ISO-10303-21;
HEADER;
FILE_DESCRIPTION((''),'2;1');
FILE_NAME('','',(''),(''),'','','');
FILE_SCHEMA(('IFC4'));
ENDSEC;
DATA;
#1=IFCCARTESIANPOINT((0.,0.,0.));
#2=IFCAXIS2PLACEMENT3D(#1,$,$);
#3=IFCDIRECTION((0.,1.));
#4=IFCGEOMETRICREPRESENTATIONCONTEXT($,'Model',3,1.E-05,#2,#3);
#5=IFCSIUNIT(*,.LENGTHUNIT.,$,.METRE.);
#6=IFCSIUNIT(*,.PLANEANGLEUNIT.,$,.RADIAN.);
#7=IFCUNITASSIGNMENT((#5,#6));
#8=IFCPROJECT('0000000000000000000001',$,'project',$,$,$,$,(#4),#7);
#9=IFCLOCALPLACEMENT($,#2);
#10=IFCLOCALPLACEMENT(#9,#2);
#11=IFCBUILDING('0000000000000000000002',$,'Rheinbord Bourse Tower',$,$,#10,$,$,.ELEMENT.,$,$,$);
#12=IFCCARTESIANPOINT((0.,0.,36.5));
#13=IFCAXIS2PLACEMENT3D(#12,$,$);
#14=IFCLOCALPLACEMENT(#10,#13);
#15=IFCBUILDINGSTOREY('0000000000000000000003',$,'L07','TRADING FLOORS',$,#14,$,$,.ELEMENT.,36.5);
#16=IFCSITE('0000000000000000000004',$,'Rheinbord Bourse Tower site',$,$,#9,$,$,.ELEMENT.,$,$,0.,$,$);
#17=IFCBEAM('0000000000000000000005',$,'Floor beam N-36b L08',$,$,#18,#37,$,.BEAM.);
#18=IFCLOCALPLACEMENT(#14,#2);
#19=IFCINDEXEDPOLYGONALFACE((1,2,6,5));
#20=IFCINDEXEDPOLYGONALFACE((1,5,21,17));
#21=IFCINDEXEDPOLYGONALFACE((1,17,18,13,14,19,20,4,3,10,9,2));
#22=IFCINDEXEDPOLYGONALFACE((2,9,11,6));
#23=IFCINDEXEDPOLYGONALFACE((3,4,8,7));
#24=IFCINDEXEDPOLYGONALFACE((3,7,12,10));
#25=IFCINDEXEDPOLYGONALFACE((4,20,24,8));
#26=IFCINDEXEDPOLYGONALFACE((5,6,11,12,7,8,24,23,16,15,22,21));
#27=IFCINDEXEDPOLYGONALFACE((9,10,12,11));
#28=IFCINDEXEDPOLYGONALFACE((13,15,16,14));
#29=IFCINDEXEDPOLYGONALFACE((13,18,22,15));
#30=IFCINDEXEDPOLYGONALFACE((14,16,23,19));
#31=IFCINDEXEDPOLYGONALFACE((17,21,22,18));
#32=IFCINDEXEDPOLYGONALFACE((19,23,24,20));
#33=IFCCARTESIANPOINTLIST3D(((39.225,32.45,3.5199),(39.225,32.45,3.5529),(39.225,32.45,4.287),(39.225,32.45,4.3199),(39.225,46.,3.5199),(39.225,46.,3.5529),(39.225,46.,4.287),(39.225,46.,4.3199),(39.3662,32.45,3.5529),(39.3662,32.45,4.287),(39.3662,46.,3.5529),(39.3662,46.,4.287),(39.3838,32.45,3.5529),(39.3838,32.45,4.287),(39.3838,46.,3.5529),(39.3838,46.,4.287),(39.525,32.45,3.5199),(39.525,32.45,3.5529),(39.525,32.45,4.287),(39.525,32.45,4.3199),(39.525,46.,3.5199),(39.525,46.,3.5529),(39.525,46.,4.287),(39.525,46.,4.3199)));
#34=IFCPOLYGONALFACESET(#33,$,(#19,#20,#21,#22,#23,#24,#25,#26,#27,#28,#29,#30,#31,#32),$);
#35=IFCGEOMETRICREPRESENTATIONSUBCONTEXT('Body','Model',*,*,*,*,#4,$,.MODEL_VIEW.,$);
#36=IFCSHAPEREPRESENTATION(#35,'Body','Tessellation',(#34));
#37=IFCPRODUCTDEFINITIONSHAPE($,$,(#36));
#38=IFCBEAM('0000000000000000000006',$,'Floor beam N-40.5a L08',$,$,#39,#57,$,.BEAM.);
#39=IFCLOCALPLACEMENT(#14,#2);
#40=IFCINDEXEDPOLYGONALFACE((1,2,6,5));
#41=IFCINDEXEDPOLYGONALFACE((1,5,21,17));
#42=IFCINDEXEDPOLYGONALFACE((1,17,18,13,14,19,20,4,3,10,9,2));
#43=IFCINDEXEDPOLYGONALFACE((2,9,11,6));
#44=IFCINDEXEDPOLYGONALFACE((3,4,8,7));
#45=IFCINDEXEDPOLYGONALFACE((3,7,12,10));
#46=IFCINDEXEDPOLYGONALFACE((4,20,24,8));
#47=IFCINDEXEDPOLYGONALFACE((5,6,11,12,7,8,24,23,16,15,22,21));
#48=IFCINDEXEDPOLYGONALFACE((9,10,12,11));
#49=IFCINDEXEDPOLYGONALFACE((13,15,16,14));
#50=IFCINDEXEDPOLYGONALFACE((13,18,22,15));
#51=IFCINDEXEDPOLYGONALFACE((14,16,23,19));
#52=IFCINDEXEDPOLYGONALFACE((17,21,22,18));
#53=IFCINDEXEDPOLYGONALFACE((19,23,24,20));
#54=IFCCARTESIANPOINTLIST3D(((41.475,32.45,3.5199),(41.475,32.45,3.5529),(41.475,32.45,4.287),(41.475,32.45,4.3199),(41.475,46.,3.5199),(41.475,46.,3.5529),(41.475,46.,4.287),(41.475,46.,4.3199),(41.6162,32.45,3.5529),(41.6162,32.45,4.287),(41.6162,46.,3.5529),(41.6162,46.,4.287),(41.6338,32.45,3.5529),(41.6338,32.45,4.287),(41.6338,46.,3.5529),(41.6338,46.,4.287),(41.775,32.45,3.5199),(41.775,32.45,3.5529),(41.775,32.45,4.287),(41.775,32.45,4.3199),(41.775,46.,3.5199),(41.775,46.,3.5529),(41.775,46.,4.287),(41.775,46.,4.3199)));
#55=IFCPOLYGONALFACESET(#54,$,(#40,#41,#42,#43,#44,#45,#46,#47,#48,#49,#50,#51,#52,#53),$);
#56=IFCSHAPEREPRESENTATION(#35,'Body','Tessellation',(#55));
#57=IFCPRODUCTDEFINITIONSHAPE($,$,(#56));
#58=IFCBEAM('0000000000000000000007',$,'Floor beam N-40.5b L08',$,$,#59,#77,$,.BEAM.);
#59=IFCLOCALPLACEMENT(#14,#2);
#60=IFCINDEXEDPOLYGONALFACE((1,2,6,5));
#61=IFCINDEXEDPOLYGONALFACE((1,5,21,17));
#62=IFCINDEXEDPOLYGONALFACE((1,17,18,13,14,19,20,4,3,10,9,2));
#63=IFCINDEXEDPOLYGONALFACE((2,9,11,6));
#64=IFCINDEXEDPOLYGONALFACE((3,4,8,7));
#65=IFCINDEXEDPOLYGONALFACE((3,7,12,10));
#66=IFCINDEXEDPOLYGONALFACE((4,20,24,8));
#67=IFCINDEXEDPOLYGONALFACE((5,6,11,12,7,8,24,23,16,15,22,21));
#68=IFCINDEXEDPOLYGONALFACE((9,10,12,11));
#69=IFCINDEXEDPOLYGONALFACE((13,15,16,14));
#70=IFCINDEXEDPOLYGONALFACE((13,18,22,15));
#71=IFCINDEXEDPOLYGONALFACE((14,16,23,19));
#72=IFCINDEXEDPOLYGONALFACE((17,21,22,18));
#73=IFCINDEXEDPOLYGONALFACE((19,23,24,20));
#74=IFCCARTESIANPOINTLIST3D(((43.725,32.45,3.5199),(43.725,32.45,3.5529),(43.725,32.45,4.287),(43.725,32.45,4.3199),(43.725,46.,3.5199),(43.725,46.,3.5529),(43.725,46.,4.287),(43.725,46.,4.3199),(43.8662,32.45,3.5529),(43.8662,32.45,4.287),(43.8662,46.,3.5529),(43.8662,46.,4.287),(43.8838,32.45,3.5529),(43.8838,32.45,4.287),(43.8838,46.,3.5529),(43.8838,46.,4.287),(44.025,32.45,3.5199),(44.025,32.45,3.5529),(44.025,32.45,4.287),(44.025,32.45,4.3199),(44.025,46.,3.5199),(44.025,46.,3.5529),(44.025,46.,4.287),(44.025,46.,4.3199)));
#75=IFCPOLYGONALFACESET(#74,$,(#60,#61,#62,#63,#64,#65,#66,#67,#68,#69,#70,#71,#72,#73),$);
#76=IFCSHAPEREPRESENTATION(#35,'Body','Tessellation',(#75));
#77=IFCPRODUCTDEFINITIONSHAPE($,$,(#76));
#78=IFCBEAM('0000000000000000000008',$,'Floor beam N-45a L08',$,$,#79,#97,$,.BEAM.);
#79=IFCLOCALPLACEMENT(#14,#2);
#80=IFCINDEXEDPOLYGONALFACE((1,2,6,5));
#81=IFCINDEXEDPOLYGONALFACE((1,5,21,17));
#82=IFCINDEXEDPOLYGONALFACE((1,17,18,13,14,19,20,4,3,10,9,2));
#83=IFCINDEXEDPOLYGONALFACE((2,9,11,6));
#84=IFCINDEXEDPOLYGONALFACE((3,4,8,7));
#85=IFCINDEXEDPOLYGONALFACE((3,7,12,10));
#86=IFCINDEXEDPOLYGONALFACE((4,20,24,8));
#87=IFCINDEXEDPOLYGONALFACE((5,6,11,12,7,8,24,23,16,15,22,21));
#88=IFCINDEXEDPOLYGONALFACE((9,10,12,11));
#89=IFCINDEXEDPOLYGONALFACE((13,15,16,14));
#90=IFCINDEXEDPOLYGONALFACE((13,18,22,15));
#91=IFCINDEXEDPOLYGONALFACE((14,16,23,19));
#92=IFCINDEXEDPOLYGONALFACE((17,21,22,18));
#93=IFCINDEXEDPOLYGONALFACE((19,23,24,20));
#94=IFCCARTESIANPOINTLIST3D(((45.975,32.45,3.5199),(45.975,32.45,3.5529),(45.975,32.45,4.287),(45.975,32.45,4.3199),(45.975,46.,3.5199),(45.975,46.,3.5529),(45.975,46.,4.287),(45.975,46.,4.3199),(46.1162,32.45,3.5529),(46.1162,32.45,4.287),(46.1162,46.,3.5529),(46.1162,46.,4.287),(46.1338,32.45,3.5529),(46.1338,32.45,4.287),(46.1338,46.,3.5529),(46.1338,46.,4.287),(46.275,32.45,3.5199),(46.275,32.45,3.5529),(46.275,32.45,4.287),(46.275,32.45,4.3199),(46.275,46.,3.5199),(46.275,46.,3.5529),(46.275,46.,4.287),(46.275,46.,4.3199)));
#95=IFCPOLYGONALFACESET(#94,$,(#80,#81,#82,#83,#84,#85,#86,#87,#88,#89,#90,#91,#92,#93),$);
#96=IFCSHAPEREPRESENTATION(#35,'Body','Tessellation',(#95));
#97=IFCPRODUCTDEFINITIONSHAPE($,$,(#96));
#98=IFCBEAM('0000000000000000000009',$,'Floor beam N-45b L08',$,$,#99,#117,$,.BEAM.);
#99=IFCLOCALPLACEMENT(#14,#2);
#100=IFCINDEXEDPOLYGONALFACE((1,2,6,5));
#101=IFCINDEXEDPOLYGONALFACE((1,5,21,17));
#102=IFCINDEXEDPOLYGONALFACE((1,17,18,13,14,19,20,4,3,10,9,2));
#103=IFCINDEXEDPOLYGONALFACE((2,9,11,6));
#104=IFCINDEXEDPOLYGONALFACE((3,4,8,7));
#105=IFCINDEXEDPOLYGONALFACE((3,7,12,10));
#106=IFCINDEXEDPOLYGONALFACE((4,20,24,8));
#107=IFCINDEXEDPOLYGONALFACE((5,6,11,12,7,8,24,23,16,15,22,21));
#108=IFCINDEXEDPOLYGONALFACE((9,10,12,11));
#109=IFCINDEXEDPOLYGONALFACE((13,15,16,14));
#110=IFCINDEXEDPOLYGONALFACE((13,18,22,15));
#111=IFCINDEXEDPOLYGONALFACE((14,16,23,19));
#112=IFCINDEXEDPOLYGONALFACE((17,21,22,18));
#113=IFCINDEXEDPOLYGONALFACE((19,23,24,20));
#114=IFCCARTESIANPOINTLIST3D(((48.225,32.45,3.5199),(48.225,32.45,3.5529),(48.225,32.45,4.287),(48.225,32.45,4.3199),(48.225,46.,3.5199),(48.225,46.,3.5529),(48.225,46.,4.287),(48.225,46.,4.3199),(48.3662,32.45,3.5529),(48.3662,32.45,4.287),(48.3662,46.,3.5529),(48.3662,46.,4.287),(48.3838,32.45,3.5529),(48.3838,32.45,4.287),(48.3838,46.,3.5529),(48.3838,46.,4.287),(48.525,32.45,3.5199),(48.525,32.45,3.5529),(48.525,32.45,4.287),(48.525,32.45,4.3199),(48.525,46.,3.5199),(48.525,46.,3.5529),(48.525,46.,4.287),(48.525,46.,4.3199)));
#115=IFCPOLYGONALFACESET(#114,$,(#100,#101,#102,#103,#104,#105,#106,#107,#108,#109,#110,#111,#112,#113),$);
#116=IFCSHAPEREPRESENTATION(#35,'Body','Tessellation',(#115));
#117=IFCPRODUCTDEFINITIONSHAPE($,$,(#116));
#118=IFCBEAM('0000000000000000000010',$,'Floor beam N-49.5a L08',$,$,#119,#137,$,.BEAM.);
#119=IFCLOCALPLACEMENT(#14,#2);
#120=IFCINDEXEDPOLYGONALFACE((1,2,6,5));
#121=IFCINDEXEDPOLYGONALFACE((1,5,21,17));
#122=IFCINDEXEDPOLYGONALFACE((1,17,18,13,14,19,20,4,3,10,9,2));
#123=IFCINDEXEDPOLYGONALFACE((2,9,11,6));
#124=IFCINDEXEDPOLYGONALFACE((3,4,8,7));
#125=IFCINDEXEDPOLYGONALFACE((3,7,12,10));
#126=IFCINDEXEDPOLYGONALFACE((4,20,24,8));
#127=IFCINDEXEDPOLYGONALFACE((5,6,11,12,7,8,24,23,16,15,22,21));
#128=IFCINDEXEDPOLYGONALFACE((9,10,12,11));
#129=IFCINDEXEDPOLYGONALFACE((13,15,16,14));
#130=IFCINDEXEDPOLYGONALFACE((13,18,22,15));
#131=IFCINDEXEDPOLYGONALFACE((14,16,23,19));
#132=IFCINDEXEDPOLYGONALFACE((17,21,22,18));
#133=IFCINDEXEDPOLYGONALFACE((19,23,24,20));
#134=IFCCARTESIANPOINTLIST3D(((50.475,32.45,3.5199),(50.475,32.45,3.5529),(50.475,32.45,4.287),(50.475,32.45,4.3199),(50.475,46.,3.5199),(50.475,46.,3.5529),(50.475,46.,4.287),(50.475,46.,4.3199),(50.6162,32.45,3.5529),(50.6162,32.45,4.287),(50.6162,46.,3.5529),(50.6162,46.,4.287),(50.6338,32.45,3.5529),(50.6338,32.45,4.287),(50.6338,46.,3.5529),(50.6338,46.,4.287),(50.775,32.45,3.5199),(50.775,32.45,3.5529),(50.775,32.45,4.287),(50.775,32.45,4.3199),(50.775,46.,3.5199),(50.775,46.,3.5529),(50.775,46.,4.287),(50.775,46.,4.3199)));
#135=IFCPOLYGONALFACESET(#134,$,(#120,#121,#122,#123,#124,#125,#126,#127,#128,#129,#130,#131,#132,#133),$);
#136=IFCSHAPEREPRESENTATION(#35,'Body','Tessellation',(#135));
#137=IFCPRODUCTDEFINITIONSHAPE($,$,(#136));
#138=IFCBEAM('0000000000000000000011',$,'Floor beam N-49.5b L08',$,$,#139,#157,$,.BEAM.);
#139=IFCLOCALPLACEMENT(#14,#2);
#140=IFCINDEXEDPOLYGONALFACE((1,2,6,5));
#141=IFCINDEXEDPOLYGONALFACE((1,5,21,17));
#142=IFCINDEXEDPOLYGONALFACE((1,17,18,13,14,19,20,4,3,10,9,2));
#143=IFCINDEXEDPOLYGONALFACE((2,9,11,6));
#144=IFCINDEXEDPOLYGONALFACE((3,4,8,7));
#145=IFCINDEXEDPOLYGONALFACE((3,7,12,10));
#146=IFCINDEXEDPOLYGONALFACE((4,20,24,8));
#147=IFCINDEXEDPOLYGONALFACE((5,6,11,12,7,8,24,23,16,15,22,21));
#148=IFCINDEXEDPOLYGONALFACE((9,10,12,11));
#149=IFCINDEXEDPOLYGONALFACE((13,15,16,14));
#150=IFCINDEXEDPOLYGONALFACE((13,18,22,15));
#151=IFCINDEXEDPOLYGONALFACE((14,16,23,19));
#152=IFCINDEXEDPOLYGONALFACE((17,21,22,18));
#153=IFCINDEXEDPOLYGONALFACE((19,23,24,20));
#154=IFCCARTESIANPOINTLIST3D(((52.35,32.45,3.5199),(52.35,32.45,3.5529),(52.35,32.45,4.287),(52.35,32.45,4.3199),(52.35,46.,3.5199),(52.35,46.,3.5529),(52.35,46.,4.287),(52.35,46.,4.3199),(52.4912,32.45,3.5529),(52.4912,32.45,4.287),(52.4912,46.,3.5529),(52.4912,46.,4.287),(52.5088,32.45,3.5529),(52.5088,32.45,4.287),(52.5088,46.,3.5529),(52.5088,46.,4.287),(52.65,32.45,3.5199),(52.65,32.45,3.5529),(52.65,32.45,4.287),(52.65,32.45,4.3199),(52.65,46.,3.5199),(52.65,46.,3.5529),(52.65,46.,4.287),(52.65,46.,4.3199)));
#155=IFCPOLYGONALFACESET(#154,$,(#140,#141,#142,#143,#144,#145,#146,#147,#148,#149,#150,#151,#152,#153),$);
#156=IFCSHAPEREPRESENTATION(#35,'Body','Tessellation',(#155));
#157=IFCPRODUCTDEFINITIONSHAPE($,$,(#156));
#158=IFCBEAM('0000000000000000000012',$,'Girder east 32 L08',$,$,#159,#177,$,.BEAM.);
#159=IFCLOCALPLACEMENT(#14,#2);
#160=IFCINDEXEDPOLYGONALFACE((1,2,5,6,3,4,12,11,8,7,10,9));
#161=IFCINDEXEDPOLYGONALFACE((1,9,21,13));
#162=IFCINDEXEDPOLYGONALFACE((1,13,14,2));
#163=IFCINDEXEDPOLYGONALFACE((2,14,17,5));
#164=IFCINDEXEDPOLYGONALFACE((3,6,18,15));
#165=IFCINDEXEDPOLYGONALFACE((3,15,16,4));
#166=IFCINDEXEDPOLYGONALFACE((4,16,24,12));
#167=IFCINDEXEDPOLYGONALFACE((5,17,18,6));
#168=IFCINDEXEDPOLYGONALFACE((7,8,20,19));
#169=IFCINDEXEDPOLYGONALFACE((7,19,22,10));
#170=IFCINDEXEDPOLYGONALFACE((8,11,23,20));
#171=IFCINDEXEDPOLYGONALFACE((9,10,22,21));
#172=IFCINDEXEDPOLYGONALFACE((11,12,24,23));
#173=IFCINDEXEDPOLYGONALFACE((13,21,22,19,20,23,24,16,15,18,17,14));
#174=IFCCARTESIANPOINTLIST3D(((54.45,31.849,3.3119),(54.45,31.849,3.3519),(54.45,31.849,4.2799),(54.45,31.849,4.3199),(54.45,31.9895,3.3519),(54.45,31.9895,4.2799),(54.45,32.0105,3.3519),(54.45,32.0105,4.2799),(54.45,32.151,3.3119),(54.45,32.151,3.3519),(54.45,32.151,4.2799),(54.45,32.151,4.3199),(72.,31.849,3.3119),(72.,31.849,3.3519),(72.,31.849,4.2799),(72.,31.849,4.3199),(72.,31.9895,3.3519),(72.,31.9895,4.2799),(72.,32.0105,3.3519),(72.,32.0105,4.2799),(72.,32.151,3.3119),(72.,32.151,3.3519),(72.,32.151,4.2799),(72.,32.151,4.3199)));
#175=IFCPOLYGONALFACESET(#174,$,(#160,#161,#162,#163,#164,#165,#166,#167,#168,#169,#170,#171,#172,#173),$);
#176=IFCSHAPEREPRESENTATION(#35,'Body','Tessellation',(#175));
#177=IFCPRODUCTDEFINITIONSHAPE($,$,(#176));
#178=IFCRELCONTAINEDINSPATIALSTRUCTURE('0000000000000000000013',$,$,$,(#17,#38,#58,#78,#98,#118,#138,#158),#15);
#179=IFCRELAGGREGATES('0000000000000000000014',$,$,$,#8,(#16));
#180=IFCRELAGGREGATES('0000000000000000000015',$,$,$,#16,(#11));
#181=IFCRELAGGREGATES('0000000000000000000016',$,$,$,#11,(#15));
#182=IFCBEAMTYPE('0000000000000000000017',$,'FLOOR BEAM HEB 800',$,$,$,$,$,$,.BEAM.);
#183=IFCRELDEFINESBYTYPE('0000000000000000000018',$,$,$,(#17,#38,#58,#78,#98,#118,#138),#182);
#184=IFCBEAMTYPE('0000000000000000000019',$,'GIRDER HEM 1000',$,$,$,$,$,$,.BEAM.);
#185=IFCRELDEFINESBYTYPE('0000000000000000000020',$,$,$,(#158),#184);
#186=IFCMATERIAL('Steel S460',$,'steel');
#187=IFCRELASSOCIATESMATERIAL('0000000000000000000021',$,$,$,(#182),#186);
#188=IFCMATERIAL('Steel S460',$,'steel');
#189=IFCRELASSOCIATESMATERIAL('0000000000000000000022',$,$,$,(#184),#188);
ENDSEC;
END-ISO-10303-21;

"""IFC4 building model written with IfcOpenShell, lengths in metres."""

from ifc_helpers import new_model, si_unit, direction, frame, origin, origin_2d, place, context, subcontext, project, spatial, i_section, extrude, material, material_profile, profile_set, type_object, element, save


model = new_model("IFC4")

# Units and contexts
model_context = context("Model", 3, precision=1e-05, world=origin(), true_north=direction((0.0, 1.0)))
body_context = subcontext(model_context, "Body", "Model", "MODEL_VIEW")
ifc_project = project(units=[si_unit("LENGTHUNIT", "METRE"), si_unit("PLANEANGLEUNIT", "RADIAN")], contexts=[model_context])

# Site, building, storey
site_placement = place(None, origin())
site = spatial("IfcSite", under=ifc_project, at=site_placement, Name="Rheinbord Bourse Tower site", CompositionType="ELEMENT", RefElevation=0.0)
building_placement = place(site_placement, origin())
building = spatial("IfcBuilding", under=site, at=building_placement, Name="Rheinbord Bourse Tower", CompositionType="ELEMENT")
storey_placement = place(building_placement, frame((0.0, 0.0, 36.5)))
storey = spatial("IfcBuildingStorey", under=building, at=storey_placement, Name="L07", Description="TRADING FLOORS", CompositionType="ELEMENT", Elevation=36.5)

# Beams
ifc_material_1 = material(Name="Steel S460", Category="steel")
ifc_material_profile_1 = material_profile(ifc_material_1, i_section(OverallWidth=0.3, OverallDepth=0.8, WebThickness=0.0176, FlangeThickness=0.033, at=origin_2d()), Name="HEB 800")
ifc_profile_set_1 = profile_set([ifc_material_profile_1], Name="Steel S460")
beam_type_1 = type_object("IfcBeamType", Name="FLOOR BEAM HEB 800", PredefinedType="BEAM", material=ifc_profile_set_1)
for number, where, z_axis, x_axis, name in (
    (1, (39.375, 46.0, 3.9199), (0.0, -1.0, 0.0), (1.0, 0.0, 0.0), "Floor beam N-36b L08"),
    (2, (41.625, 46.0, 3.9199), (0.0, -1.0, 0.0), (1.0, 0.0, 0.0), "Floor beam N-40.5a L08"),
    (3, (43.875, 46.0, 3.9199), (0.0, -1.0, 0.0), (1.0, 0.0, 0.0), "Floor beam N-40.5b L08"),
    (4, (46.125, 46.0, 3.9199), (0.0, -1.0, 0.0), (1.0, 0.0, 0.0), "Floor beam N-45a L08"),
    (5, (48.375, 46.0, 3.9199), (0.0, -1.0, 0.0), (1.0, 0.0, 0.0), "Floor beam N-45b L08"),
    (6, (50.625, 46.0, 3.9199), (0.0, -1.0, 0.0), (1.0, 0.0, 0.0), "Floor beam N-49.5a L08"),
    (7, (52.5, 46.0, 3.9199), (0.0, -1.0, 0.0), (1.0, 0.0, 0.0), "Floor beam N-49.5b L08"),
):
    element("IfcBeam", number, at=place(storey_placement, frame(where, z_axis=z_axis, x_axis=x_axis)), inside=storey, type_object=beam_type_1, Name=name, PredefinedType="BEAM", context=body_context, shape_type="SweptSolid", body=[
        extrude(i_section(OverallWidth=0.3, OverallDepth=0.8, WebThickness=0.0176, FlangeThickness=0.033, at=origin_2d()), origin(), (0.0, 0.0, 1.0), 13.55),
    ])
ifc_material_2 = material(Name="Steel S460", Category="steel")
ifc_material_profile_2 = material_profile(ifc_material_2, i_section(OverallWidth=0.302, OverallDepth=1.0081, WebThickness=0.021, FlangeThickness=0.04, at=origin_2d()), Name="HEM 1000")
ifc_profile_set_2 = profile_set([ifc_material_profile_2], Name="Steel S460")
beam_type_2 = type_object("IfcBeamType", Name="GIRDER HEM 1000", PredefinedType="BEAM", material=ifc_profile_set_2)
beam_placement = place(storey_placement, frame((54.45, 32.0, 3.8159), z_axis=(1.0, 0.0, 0.0), x_axis=(0.0, 1.0, 0.0)))
element("IfcBeam", 8, at=beam_placement, inside=storey, type_object=beam_type_2, Name="Girder east 32 L08", PredefinedType="BEAM", context=body_context, shape_type="SweptSolid", body=[
    extrude(i_section(OverallWidth=0.302, OverallDepth=1.0081, WebThickness=0.021, FlangeThickness=0.04, at=origin_2d()), origin(), (0.0, 0.0, 1.0), 17.55),
])

save(model, "model.ifc")
